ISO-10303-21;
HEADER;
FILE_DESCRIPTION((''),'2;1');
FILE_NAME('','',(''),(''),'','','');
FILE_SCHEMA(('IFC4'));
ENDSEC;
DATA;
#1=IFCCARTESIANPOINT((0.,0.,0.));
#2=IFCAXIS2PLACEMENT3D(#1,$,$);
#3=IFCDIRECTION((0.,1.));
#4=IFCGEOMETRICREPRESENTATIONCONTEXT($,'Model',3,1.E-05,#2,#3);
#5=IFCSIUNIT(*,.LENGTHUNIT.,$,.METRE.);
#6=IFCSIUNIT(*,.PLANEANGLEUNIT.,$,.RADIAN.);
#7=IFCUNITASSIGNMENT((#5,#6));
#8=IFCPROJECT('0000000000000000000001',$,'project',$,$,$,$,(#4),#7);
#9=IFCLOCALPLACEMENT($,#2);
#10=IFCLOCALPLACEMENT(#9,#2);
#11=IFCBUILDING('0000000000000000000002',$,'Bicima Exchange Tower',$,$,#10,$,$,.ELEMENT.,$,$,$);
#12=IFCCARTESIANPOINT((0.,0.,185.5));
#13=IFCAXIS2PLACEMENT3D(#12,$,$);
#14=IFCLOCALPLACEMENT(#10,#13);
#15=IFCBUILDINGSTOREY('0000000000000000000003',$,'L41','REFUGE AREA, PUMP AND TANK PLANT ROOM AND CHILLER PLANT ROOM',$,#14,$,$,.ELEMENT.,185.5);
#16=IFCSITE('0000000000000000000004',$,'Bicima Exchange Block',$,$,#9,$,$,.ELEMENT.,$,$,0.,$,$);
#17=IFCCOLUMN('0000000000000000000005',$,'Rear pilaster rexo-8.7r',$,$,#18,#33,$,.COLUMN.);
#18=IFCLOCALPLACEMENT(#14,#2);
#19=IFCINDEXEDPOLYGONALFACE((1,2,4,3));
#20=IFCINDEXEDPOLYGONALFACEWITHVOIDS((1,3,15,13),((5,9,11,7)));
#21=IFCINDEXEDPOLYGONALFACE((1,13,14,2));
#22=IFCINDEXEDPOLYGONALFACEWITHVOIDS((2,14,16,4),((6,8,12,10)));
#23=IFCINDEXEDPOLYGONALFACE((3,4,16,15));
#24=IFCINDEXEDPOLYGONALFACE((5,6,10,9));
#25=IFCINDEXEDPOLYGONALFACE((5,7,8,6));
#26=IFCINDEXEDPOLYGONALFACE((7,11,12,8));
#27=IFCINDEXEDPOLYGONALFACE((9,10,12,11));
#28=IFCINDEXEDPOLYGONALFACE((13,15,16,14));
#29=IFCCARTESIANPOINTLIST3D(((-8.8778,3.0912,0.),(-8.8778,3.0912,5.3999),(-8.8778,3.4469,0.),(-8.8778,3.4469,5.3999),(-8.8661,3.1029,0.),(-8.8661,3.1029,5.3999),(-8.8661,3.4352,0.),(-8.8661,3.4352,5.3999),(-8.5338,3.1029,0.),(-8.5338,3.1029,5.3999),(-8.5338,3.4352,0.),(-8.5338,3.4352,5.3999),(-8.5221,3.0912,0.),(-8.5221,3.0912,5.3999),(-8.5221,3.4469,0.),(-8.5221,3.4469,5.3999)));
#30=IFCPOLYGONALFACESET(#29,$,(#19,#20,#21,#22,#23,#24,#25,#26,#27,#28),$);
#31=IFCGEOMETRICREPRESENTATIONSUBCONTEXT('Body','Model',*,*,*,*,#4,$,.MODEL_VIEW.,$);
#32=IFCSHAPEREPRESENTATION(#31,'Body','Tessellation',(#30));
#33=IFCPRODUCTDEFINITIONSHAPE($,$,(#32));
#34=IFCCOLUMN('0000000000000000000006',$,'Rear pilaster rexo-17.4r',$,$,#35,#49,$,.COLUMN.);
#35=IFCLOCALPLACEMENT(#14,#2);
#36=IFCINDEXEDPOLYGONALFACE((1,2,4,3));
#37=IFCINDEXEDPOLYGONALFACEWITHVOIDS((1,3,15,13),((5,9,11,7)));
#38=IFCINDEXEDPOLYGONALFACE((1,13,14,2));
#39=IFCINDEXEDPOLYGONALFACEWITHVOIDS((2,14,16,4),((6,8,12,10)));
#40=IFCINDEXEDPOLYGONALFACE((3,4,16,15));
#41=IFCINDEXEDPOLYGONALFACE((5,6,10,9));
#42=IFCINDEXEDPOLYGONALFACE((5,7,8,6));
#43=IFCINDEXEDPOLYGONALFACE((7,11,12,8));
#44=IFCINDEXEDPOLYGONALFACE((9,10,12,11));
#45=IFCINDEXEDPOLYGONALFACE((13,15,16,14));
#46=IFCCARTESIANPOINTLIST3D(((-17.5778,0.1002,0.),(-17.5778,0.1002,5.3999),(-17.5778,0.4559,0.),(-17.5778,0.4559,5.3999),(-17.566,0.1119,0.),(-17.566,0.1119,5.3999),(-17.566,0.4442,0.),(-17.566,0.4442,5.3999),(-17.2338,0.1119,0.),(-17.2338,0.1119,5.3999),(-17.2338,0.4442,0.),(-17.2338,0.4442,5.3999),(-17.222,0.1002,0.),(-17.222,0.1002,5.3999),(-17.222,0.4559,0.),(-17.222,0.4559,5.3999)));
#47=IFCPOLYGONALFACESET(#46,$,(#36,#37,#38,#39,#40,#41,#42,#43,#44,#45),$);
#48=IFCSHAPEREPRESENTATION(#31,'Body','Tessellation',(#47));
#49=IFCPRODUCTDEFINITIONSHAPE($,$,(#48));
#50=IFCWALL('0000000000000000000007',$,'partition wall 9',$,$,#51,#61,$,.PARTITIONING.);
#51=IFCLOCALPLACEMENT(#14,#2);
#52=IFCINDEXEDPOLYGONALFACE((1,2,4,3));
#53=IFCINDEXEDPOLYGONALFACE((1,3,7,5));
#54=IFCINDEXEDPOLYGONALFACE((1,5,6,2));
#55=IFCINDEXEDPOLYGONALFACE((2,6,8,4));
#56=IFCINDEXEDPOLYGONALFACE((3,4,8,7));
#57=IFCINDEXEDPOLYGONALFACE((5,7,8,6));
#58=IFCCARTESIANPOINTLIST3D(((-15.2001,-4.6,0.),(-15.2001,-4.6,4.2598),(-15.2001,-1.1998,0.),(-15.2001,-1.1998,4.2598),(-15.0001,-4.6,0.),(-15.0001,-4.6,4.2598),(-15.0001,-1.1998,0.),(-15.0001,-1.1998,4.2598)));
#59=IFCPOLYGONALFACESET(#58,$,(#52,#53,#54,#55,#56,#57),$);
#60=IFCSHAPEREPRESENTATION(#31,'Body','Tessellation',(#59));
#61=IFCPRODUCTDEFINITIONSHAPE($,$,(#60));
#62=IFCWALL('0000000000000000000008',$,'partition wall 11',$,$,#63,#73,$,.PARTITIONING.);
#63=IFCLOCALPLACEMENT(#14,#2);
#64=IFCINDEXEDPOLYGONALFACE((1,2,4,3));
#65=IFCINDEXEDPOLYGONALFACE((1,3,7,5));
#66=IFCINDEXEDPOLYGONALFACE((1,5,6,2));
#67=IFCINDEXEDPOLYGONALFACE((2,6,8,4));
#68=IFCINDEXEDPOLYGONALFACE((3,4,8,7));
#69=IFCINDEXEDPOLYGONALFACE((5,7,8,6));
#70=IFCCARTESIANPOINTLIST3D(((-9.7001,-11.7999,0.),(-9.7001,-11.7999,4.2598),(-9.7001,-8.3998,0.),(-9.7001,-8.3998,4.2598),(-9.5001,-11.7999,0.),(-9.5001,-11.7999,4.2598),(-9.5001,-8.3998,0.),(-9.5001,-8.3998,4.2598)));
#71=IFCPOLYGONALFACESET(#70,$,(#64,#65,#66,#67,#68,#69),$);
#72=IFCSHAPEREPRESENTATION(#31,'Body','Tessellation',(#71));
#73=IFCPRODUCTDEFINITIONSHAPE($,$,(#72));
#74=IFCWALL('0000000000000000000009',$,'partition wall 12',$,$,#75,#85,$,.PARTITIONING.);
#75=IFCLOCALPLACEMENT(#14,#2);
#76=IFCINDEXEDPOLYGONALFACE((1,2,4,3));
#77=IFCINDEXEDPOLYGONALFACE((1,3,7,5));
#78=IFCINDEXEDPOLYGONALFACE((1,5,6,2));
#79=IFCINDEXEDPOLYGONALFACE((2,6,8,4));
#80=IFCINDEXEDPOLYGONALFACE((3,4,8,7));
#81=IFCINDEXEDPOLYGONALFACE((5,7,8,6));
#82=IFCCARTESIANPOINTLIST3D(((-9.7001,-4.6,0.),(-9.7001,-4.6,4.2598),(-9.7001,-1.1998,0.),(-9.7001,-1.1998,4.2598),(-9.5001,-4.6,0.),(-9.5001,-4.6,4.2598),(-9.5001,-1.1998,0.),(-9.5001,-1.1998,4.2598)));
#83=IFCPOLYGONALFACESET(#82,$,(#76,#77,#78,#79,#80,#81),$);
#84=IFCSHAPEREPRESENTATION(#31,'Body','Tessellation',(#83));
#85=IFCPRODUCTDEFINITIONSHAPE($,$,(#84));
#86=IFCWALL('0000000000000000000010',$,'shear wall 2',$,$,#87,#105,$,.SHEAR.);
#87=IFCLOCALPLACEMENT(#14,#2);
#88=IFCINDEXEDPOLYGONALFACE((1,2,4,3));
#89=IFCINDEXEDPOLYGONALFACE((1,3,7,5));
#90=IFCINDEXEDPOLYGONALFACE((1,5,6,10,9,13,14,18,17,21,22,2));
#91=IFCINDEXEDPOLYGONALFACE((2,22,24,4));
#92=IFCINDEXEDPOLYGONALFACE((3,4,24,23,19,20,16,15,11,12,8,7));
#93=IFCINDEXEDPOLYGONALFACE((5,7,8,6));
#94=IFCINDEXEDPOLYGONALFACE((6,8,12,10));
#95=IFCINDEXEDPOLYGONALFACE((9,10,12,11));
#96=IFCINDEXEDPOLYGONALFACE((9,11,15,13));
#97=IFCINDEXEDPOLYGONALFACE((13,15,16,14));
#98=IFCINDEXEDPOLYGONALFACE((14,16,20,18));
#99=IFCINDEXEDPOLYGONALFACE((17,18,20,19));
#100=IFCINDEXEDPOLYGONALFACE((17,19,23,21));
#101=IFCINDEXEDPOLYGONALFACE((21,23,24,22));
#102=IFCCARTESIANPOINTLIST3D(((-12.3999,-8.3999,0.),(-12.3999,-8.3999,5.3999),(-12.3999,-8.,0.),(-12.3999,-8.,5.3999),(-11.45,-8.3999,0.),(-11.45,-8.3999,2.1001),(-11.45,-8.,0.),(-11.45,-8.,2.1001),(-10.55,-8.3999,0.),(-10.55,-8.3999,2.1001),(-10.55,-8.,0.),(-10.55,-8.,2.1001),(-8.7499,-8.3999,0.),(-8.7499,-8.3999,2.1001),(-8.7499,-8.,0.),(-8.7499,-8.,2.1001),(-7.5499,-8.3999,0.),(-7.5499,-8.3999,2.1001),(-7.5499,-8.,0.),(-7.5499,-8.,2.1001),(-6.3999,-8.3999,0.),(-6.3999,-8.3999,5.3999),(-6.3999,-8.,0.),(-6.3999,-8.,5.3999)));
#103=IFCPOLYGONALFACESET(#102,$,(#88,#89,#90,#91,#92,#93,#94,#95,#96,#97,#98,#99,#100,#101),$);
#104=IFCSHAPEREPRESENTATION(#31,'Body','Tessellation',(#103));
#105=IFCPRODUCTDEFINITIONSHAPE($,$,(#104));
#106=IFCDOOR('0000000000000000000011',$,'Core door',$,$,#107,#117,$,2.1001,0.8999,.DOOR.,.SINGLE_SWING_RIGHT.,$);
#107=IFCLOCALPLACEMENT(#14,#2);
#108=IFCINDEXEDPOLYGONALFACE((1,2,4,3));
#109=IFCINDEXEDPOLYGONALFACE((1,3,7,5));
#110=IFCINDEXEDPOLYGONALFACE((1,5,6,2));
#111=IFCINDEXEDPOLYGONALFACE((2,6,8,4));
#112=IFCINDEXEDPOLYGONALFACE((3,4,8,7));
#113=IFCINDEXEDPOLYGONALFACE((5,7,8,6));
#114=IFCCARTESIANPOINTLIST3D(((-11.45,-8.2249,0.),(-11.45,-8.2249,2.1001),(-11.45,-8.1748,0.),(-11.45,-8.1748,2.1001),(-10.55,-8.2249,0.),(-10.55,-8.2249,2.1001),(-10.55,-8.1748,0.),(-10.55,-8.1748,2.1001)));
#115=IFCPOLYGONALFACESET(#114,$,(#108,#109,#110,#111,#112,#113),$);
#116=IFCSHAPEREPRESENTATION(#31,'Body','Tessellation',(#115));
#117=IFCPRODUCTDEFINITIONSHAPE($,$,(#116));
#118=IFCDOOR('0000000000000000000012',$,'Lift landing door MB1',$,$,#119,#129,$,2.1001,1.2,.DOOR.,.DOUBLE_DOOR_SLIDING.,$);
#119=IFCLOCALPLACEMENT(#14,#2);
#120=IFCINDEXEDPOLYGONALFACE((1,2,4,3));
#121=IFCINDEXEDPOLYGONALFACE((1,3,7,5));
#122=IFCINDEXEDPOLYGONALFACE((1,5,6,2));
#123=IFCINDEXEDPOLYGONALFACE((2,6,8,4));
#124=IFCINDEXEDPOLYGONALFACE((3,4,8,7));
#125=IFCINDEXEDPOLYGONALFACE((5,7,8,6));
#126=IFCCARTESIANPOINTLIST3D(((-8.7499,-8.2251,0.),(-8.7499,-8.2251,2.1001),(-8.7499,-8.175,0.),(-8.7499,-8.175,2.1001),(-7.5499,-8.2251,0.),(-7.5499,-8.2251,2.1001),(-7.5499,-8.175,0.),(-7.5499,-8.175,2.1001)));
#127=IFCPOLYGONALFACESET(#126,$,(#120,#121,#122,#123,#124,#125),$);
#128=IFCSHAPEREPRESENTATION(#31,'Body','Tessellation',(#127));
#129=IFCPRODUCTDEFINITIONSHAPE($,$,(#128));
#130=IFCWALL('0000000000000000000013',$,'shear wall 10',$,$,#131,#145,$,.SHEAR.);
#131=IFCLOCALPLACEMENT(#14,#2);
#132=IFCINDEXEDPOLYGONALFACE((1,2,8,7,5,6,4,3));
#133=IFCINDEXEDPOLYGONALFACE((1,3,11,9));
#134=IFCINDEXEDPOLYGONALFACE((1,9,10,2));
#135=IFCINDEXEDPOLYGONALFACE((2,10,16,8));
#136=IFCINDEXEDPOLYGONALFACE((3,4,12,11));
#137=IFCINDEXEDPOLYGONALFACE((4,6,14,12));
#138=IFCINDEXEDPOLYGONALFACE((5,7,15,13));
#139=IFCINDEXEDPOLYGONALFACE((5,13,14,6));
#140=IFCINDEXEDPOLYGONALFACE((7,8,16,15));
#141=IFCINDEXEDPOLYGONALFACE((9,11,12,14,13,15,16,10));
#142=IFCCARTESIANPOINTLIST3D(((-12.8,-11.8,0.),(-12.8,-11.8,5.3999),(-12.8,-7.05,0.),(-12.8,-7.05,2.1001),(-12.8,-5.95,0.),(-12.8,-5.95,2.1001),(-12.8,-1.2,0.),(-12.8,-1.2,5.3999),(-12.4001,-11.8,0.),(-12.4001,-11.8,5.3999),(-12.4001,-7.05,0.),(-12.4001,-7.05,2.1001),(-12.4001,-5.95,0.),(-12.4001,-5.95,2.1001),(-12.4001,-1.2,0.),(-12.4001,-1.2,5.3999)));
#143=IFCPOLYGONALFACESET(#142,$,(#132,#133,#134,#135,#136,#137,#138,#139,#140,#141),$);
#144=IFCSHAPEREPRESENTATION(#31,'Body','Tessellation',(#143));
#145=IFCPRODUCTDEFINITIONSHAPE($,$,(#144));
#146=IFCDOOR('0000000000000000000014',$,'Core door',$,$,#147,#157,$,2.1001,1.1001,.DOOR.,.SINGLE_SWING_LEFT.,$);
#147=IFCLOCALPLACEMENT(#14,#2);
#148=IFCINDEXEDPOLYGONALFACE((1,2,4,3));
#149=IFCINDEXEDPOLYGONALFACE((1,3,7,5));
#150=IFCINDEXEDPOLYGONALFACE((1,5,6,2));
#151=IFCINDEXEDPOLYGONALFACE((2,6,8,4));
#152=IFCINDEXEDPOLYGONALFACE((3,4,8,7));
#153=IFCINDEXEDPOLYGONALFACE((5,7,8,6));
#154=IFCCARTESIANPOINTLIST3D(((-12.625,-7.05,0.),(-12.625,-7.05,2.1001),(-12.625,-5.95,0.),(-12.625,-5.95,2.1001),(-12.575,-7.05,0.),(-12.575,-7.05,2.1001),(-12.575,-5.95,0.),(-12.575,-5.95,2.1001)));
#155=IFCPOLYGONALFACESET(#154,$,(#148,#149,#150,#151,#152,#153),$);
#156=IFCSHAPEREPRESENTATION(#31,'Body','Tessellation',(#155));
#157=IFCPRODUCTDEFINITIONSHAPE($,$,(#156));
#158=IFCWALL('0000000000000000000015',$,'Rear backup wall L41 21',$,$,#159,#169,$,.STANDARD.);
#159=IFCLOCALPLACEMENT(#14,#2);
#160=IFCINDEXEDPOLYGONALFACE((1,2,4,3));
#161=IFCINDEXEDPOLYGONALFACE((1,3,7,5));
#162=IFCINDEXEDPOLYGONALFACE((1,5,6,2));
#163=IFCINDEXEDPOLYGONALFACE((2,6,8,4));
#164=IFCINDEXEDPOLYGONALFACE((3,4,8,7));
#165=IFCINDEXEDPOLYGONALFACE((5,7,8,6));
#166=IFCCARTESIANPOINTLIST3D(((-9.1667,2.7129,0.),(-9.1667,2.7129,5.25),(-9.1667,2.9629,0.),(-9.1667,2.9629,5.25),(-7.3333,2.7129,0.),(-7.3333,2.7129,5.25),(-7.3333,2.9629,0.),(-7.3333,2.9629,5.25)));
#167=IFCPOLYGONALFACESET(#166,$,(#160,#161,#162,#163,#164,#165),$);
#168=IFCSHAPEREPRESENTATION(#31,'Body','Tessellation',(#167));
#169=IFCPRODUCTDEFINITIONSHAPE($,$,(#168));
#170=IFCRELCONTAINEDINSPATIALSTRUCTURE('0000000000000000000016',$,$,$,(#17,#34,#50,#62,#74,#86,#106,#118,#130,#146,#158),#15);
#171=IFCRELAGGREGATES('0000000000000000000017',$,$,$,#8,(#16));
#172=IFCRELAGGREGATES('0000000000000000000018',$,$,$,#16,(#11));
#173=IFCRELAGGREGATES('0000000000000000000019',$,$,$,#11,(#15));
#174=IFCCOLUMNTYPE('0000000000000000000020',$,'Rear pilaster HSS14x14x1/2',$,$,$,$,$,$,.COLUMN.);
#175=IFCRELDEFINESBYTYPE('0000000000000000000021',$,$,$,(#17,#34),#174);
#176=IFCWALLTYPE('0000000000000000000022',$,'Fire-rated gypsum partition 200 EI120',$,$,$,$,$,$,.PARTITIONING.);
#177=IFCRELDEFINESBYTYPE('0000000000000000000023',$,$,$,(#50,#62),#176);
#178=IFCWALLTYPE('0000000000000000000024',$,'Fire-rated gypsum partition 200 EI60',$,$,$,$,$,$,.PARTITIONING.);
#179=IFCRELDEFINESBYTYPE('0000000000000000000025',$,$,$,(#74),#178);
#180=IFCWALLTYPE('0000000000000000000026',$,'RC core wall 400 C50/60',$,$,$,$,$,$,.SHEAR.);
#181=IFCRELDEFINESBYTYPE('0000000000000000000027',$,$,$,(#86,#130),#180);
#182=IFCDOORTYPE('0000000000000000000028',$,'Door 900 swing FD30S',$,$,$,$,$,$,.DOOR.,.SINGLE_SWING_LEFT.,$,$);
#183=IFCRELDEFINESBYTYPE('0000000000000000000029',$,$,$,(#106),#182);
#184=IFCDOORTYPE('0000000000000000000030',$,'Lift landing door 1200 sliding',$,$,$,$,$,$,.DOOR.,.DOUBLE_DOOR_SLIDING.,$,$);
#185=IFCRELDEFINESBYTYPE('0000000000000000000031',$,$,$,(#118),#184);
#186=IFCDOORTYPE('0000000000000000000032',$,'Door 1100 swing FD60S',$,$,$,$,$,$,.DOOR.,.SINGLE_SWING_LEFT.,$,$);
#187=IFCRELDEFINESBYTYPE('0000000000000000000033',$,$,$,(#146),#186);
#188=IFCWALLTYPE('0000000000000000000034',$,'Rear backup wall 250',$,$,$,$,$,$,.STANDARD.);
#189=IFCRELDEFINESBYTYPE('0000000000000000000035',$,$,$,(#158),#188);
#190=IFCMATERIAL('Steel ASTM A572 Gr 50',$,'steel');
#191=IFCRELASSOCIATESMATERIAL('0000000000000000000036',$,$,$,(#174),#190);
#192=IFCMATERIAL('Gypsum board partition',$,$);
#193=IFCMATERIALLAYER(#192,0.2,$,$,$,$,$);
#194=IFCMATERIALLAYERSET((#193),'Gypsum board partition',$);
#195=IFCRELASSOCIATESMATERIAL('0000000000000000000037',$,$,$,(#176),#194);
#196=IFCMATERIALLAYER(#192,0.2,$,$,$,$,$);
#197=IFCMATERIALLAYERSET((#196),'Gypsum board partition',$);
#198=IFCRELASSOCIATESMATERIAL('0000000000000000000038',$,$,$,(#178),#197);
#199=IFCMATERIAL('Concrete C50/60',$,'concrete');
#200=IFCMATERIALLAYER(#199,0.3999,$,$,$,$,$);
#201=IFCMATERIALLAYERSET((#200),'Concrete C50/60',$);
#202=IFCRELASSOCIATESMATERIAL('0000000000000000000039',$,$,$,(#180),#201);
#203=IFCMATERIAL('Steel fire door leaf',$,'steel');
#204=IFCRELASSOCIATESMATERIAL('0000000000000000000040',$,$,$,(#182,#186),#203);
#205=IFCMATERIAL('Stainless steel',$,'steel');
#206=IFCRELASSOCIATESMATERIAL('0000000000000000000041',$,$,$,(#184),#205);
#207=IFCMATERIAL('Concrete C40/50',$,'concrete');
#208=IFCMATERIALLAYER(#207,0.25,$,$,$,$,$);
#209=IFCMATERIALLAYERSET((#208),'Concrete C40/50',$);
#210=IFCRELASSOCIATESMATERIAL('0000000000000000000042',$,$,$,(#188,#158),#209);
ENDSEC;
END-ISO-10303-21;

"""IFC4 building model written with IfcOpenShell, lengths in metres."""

from ifc_helpers import new_model, si_unit, direction, frame, frame_2d, origin, origin_2d, place, context, subcontext, project, spatial, rectangle, hollow_rectangle, extrude, material, layer, layer_set, layer_usage, material_profile, profile_set, type_object, element, fill, save


model = new_model("IFC4")

# Units and contexts
model_context = context("Model", 3, precision=1e-05, world=origin(), true_north=direction((0.0, 1.0)))
body_context = subcontext(model_context, "Body", "Model", "MODEL_VIEW")
ifc_project = project(units=[si_unit("LENGTHUNIT", "METRE"), si_unit("PLANEANGLEUNIT", "RADIAN")], contexts=[model_context])

# Site, building, storey
site_placement = place(None, origin())
site = spatial("IfcSite", under=ifc_project, at=site_placement, Name="Bicima Exchange Block", CompositionType="ELEMENT", RefElevation=0.0)
building_placement = place(site_placement, origin())
building = spatial("IfcBuilding", under=site, at=building_placement, Name="Bicima Exchange Tower", CompositionType="ELEMENT")
storey_placement = place(building_placement, frame((0.0, 0.0, 185.5)))
storey = spatial("IfcBuildingStorey", under=building, at=storey_placement, Name="L41", Description="REFUGE AREA, PUMP AND TANK PLANT ROOM AND CHILLER PLANT ROOM", CompositionType="ELEMENT", Elevation=185.5)

# Columns
ifc_material_1 = material(Name="Steel ASTM A572 Gr 50", Category="steel")
ifc_material_profile = material_profile(ifc_material_1, hollow_rectangle(XDim=0.3557, YDim=0.3557, WallThickness=0.0117, at=origin_2d()))
ifc_profile_set = profile_set([ifc_material_profile], Name="Steel ASTM A572 Gr 50")
column_type = type_object("IfcColumnType", Name="Rear pilaster HSS14x14x1/2", PredefinedType="COLUMN", material=ifc_profile_set)
for number, where, z_axis, x_axis, name in (
    (1, (-8.7, 3.269, 0.0), (0.0, 0.0, 1.0), (1.0, 0.0, 0.0), "Rear pilaster rexo-8.7r"),
    (2, (-17.3999, 0.2781, 0.0), (0.0, 0.0, 1.0), (1.0, 0.0, 0.0), "Rear pilaster rexo-17.4r"),
):
    element("IfcColumn", number, at=place(storey_placement, frame(where, z_axis=z_axis, x_axis=x_axis)), inside=storey, type_object=column_type, Name=name, PredefinedType="COLUMN", context=body_context, shape_type="SweptSolid", body=[
        extrude(hollow_rectangle(XDim=0.3557, YDim=0.3557, WallThickness=0.0117, at=origin_2d()), origin(), (0.0, 0.0, 1.0), 5.3999),
    ])

# Walls
ifc_material_2 = material(Name="Gypsum board partition")
ifc_layer_1 = layer(ifc_material_2, 0.2)
ifc_layer_set_1 = layer_set([ifc_layer_1], Name="Gypsum board partition")
wall_type_1 = type_object("IfcWallType", Name="Fire-rated gypsum partition 200 EI120", PredefinedType="PARTITIONING", material=ifc_layer_set_1)
for number, where, z_axis, x_axis, name in (
    (3, (-15.1001, -4.6001, 0.0), (0.0, 0.0, 1.0), (0.0, 1.0, 0.0), "partition wall 9"),
    (4, (-9.6001, -11.8, 0.0), (0.0, 0.0, 1.0), (0.0, 1.0, 0.0), "partition wall 11"),
):
    element("IfcWall", number, at=place(storey_placement, frame(where, z_axis=z_axis, x_axis=x_axis)), inside=storey, type_object=wall_type_1, Name=name, PredefinedType="PARTITIONING", context=body_context, shape_type="SweptSolid", body=[
        extrude(rectangle(XDim=3.4001, YDim=0.2, at=frame_2d((1.7002, 0.0))), origin(), (0.0, 0.0, 1.0), 4.2598),
    ])
ifc_layer_2 = layer(ifc_material_2, 0.2)
ifc_layer_set_2 = layer_set([ifc_layer_2], Name="Gypsum board partition")
wall_type_2 = type_object("IfcWallType", Name="Fire-rated gypsum partition 200 EI60", PredefinedType="PARTITIONING", material=ifc_layer_set_2)
wall_1_placement = place(storey_placement, frame((-9.6001, -4.6001, 0.0), z_axis=(0.0, 0.0, 1.0), x_axis=(0.0, 1.0, 0.0)))
element("IfcWall", 5, at=wall_1_placement, inside=storey, type_object=wall_type_2, Name="partition wall 12", PredefinedType="PARTITIONING", context=body_context, shape_type="SweptSolid", body=[
    extrude(rectangle(XDim=3.4001, YDim=0.2, at=frame_2d((1.7002, 0.0))), origin(), (0.0, 0.0, 1.0), 4.2598),
])

# Wall, openings, doors
ifc_material_3 = material(Name="Concrete C50/60", Category="concrete")
ifc_layer_3 = layer(ifc_material_3, 0.3999)
ifc_layer_set_3 = layer_set([ifc_layer_3], Name="Concrete C50/60")
wall_type_3 = type_object("IfcWallType", Name="RC core wall 400 C50/60", PredefinedType="SHEAR", material=ifc_layer_set_3)
wall_2_placement = place(storey_placement, frame((-12.3999, -8.2, 0.0), z_axis=(0.0, 0.0, 1.0), x_axis=(1.0, 0.0, 0.0)))
wall_2 = element("IfcWall", 6, at=wall_2_placement, inside=storey, type_object=wall_type_3, Name="shear wall 2", PredefinedType="SHEAR", context=body_context, shape_type="SweptSolid", body=[
    extrude(rectangle(XDim=6.0, YDim=0.3999, at=frame_2d((3.0, 0.0))), origin(), (0.0, 0.0, 1.0), 5.3999),
])
opening_1_placement = place(wall_2_placement, frame((3.6499, 0.0, 0.0)))
opening_1 = element("IfcOpeningElement", 7, at=opening_1_placement, cuts=wall_2, PredefinedType="OPENING", context=body_context, shape_type="SweptSolid", body=[
    extrude(rectangle(XDim=1.2, YDim=2.1001, at=frame_2d((0.6001, 1.05))), frame((0.0, 0.2119, 0.0), z_axis=(0.0, -1.0, 0.0), x_axis=(1.0, 0.0, 0.0)), (0.0, 0.0, 1.0), 0.4238),
])
opening_2_placement = place(wall_2_placement, frame((0.95, 0.0, 0.0)))
opening_2 = element("IfcOpeningElement", 8, at=opening_2_placement, cuts=wall_2, PredefinedType="OPENING", context=body_context, shape_type="SweptSolid", body=[
    extrude(rectangle(XDim=0.8999, YDim=2.1001, at=frame_2d((0.45, 1.05))), frame((0.0, 0.2119, 0.0), z_axis=(0.0, -1.0, 0.0), x_axis=(1.0, 0.0, 0.0)), (0.0, 0.0, 1.0), 0.4238),
])
ifc_material_4 = material(Name="Steel fire door leaf", Category="steel")
door_type_1 = type_object("IfcDoorType", Name="Door 900 swing FD30S", OperationType="SINGLE_SWING_LEFT", PredefinedType="DOOR", material=ifc_material_4)
door_1_placement = place(opening_2_placement, frame((0.8999, 0.0, 0.0), z_axis=(0.0, 0.0, 1.0), x_axis=(-1.0, 0.0, 0.0)))
door_1 = element("IfcDoor", 9, at=door_1_placement, inside=storey, type_object=door_type_1, Name="Core door", OperationType="SINGLE_SWING_RIGHT", OverallHeight=2.1001, OverallWidth=0.8999, PredefinedType="DOOR", context=body_context, shape_type="SweptSolid", body=[
    extrude(rectangle(XDim=0.8999, YDim=2.1001, at=frame_2d((0.45, 1.05))), frame((0.0, 0.0249, 0.0), z_axis=(0.0, -1.0, 0.0), x_axis=(1.0, 0.0, 0.0)), (0.0, 0.0, 1.0), 0.05),
])
fill(opening_2, door_1)
ifc_material_5 = material(Name="Stainless steel", Category="steel")
door_type_2 = type_object("IfcDoorType", Name="Lift landing door 1200 sliding", OperationType="DOUBLE_DOOR_SLIDING", PredefinedType="DOOR", material=ifc_material_5)
door_2_placement = place(opening_1_placement, origin())
door_2 = element("IfcDoor", 10, at=door_2_placement, inside=storey, type_object=door_type_2, Name="Lift landing door MB1", OperationType="DOUBLE_DOOR_SLIDING", OverallHeight=2.1001, OverallWidth=1.2, PredefinedType="DOOR", context=body_context, shape_type="SweptSolid", body=[
    extrude(rectangle(XDim=1.2, YDim=2.1001, at=frame_2d((0.6001, 1.05))), frame((0.0, 0.0249, 0.0), z_axis=(0.0, -1.0, 0.0), x_axis=(1.0, 0.0, 0.0)), (0.0, 0.0, 1.0), 0.05),
])
fill(opening_1, door_2)

# Wall, opening, door
wall_3_placement = place(storey_placement, frame((-12.6001, -11.8, 0.0), z_axis=(0.0, 0.0, 1.0), x_axis=(0.0, 1.0, 0.0)))
wall_3 = element("IfcWall", 11, at=wall_3_placement, inside=storey, type_object=wall_type_3, Name="shear wall 10", PredefinedType="SHEAR", context=body_context, shape_type="SweptSolid", body=[
    extrude(rectangle(XDim=10.6001, YDim=0.3999, at=frame_2d((5.3, 0.0))), origin(), (0.0, 0.0, 1.0), 5.3999),
])
opening_3_placement = place(wall_3_placement, frame((4.75, 0.0, 0.0)))
opening_3 = element("IfcOpeningElement", 12, at=opening_3_placement, cuts=wall_3, PredefinedType="OPENING", context=body_context, shape_type="SweptSolid", body=[
    extrude(rectangle(XDim=1.1001, YDim=2.1001, at=frame_2d((0.55, 1.05))), frame((0.0, 0.2119, 0.0), z_axis=(0.0, -1.0, 0.0), x_axis=(1.0, 0.0, 0.0)), (0.0, 0.0, 1.0), 0.4238),
])
door_type_3 = type_object("IfcDoorType", Name="Door 1100 swing FD60S", OperationType="SINGLE_SWING_LEFT", PredefinedType="DOOR", material=ifc_material_4)
door_3_placement = place(opening_3_placement, origin())
door_3 = element("IfcDoor", 13, at=door_3_placement, inside=storey, type_object=door_type_3, Name="Core door", OperationType="SINGLE_SWING_LEFT", OverallHeight=2.1001, OverallWidth=1.1001, PredefinedType="DOOR", context=body_context, shape_type="SweptSolid", body=[
    extrude(rectangle(XDim=1.1001, YDim=2.1001, at=frame_2d((0.55, 1.05))), frame((0.0, 0.0249, 0.0), z_axis=(0.0, -1.0, 0.0), x_axis=(1.0, 0.0, 0.0)), (0.0, 0.0, 1.0), 0.05),
])
fill(opening_3, door_3)

# Wall
ifc_material_6 = material(Name="Concrete C40/50", Category="concrete")
ifc_layer_4 = layer(ifc_material_6, 0.25)
ifc_layer_set_4 = layer_set([ifc_layer_4], Name="Concrete C40/50")
ifc_layer_usage = layer_usage(ifc_layer_set_4, "AXIS2", "POSITIVE", -0.125)
wall_type_4 = type_object("IfcWallType", Name="Rear backup wall 250", PredefinedType="STANDARD", material=ifc_layer_set_4)
wall_4_placement = place(storey_placement, frame((-7.3333, 2.8379, 0.0), z_axis=(0.0, 0.0, 1.0), x_axis=(-1.0, 0.0, 0.0)))
element("IfcWall", 14, at=wall_4_placement, inside=storey, type_object=wall_type_4, material=ifc_layer_usage, Name="Rear backup wall L41 21", PredefinedType="STANDARD", context=body_context, shape_type="SweptSolid", body=[
    extrude(rectangle(XDim=1.8335, YDim=0.25, at=frame_2d((0.9167, 0.0))), origin(), (0.0, 0.0, 1.0), 5.25),
])

save(model, "model.ifc")
